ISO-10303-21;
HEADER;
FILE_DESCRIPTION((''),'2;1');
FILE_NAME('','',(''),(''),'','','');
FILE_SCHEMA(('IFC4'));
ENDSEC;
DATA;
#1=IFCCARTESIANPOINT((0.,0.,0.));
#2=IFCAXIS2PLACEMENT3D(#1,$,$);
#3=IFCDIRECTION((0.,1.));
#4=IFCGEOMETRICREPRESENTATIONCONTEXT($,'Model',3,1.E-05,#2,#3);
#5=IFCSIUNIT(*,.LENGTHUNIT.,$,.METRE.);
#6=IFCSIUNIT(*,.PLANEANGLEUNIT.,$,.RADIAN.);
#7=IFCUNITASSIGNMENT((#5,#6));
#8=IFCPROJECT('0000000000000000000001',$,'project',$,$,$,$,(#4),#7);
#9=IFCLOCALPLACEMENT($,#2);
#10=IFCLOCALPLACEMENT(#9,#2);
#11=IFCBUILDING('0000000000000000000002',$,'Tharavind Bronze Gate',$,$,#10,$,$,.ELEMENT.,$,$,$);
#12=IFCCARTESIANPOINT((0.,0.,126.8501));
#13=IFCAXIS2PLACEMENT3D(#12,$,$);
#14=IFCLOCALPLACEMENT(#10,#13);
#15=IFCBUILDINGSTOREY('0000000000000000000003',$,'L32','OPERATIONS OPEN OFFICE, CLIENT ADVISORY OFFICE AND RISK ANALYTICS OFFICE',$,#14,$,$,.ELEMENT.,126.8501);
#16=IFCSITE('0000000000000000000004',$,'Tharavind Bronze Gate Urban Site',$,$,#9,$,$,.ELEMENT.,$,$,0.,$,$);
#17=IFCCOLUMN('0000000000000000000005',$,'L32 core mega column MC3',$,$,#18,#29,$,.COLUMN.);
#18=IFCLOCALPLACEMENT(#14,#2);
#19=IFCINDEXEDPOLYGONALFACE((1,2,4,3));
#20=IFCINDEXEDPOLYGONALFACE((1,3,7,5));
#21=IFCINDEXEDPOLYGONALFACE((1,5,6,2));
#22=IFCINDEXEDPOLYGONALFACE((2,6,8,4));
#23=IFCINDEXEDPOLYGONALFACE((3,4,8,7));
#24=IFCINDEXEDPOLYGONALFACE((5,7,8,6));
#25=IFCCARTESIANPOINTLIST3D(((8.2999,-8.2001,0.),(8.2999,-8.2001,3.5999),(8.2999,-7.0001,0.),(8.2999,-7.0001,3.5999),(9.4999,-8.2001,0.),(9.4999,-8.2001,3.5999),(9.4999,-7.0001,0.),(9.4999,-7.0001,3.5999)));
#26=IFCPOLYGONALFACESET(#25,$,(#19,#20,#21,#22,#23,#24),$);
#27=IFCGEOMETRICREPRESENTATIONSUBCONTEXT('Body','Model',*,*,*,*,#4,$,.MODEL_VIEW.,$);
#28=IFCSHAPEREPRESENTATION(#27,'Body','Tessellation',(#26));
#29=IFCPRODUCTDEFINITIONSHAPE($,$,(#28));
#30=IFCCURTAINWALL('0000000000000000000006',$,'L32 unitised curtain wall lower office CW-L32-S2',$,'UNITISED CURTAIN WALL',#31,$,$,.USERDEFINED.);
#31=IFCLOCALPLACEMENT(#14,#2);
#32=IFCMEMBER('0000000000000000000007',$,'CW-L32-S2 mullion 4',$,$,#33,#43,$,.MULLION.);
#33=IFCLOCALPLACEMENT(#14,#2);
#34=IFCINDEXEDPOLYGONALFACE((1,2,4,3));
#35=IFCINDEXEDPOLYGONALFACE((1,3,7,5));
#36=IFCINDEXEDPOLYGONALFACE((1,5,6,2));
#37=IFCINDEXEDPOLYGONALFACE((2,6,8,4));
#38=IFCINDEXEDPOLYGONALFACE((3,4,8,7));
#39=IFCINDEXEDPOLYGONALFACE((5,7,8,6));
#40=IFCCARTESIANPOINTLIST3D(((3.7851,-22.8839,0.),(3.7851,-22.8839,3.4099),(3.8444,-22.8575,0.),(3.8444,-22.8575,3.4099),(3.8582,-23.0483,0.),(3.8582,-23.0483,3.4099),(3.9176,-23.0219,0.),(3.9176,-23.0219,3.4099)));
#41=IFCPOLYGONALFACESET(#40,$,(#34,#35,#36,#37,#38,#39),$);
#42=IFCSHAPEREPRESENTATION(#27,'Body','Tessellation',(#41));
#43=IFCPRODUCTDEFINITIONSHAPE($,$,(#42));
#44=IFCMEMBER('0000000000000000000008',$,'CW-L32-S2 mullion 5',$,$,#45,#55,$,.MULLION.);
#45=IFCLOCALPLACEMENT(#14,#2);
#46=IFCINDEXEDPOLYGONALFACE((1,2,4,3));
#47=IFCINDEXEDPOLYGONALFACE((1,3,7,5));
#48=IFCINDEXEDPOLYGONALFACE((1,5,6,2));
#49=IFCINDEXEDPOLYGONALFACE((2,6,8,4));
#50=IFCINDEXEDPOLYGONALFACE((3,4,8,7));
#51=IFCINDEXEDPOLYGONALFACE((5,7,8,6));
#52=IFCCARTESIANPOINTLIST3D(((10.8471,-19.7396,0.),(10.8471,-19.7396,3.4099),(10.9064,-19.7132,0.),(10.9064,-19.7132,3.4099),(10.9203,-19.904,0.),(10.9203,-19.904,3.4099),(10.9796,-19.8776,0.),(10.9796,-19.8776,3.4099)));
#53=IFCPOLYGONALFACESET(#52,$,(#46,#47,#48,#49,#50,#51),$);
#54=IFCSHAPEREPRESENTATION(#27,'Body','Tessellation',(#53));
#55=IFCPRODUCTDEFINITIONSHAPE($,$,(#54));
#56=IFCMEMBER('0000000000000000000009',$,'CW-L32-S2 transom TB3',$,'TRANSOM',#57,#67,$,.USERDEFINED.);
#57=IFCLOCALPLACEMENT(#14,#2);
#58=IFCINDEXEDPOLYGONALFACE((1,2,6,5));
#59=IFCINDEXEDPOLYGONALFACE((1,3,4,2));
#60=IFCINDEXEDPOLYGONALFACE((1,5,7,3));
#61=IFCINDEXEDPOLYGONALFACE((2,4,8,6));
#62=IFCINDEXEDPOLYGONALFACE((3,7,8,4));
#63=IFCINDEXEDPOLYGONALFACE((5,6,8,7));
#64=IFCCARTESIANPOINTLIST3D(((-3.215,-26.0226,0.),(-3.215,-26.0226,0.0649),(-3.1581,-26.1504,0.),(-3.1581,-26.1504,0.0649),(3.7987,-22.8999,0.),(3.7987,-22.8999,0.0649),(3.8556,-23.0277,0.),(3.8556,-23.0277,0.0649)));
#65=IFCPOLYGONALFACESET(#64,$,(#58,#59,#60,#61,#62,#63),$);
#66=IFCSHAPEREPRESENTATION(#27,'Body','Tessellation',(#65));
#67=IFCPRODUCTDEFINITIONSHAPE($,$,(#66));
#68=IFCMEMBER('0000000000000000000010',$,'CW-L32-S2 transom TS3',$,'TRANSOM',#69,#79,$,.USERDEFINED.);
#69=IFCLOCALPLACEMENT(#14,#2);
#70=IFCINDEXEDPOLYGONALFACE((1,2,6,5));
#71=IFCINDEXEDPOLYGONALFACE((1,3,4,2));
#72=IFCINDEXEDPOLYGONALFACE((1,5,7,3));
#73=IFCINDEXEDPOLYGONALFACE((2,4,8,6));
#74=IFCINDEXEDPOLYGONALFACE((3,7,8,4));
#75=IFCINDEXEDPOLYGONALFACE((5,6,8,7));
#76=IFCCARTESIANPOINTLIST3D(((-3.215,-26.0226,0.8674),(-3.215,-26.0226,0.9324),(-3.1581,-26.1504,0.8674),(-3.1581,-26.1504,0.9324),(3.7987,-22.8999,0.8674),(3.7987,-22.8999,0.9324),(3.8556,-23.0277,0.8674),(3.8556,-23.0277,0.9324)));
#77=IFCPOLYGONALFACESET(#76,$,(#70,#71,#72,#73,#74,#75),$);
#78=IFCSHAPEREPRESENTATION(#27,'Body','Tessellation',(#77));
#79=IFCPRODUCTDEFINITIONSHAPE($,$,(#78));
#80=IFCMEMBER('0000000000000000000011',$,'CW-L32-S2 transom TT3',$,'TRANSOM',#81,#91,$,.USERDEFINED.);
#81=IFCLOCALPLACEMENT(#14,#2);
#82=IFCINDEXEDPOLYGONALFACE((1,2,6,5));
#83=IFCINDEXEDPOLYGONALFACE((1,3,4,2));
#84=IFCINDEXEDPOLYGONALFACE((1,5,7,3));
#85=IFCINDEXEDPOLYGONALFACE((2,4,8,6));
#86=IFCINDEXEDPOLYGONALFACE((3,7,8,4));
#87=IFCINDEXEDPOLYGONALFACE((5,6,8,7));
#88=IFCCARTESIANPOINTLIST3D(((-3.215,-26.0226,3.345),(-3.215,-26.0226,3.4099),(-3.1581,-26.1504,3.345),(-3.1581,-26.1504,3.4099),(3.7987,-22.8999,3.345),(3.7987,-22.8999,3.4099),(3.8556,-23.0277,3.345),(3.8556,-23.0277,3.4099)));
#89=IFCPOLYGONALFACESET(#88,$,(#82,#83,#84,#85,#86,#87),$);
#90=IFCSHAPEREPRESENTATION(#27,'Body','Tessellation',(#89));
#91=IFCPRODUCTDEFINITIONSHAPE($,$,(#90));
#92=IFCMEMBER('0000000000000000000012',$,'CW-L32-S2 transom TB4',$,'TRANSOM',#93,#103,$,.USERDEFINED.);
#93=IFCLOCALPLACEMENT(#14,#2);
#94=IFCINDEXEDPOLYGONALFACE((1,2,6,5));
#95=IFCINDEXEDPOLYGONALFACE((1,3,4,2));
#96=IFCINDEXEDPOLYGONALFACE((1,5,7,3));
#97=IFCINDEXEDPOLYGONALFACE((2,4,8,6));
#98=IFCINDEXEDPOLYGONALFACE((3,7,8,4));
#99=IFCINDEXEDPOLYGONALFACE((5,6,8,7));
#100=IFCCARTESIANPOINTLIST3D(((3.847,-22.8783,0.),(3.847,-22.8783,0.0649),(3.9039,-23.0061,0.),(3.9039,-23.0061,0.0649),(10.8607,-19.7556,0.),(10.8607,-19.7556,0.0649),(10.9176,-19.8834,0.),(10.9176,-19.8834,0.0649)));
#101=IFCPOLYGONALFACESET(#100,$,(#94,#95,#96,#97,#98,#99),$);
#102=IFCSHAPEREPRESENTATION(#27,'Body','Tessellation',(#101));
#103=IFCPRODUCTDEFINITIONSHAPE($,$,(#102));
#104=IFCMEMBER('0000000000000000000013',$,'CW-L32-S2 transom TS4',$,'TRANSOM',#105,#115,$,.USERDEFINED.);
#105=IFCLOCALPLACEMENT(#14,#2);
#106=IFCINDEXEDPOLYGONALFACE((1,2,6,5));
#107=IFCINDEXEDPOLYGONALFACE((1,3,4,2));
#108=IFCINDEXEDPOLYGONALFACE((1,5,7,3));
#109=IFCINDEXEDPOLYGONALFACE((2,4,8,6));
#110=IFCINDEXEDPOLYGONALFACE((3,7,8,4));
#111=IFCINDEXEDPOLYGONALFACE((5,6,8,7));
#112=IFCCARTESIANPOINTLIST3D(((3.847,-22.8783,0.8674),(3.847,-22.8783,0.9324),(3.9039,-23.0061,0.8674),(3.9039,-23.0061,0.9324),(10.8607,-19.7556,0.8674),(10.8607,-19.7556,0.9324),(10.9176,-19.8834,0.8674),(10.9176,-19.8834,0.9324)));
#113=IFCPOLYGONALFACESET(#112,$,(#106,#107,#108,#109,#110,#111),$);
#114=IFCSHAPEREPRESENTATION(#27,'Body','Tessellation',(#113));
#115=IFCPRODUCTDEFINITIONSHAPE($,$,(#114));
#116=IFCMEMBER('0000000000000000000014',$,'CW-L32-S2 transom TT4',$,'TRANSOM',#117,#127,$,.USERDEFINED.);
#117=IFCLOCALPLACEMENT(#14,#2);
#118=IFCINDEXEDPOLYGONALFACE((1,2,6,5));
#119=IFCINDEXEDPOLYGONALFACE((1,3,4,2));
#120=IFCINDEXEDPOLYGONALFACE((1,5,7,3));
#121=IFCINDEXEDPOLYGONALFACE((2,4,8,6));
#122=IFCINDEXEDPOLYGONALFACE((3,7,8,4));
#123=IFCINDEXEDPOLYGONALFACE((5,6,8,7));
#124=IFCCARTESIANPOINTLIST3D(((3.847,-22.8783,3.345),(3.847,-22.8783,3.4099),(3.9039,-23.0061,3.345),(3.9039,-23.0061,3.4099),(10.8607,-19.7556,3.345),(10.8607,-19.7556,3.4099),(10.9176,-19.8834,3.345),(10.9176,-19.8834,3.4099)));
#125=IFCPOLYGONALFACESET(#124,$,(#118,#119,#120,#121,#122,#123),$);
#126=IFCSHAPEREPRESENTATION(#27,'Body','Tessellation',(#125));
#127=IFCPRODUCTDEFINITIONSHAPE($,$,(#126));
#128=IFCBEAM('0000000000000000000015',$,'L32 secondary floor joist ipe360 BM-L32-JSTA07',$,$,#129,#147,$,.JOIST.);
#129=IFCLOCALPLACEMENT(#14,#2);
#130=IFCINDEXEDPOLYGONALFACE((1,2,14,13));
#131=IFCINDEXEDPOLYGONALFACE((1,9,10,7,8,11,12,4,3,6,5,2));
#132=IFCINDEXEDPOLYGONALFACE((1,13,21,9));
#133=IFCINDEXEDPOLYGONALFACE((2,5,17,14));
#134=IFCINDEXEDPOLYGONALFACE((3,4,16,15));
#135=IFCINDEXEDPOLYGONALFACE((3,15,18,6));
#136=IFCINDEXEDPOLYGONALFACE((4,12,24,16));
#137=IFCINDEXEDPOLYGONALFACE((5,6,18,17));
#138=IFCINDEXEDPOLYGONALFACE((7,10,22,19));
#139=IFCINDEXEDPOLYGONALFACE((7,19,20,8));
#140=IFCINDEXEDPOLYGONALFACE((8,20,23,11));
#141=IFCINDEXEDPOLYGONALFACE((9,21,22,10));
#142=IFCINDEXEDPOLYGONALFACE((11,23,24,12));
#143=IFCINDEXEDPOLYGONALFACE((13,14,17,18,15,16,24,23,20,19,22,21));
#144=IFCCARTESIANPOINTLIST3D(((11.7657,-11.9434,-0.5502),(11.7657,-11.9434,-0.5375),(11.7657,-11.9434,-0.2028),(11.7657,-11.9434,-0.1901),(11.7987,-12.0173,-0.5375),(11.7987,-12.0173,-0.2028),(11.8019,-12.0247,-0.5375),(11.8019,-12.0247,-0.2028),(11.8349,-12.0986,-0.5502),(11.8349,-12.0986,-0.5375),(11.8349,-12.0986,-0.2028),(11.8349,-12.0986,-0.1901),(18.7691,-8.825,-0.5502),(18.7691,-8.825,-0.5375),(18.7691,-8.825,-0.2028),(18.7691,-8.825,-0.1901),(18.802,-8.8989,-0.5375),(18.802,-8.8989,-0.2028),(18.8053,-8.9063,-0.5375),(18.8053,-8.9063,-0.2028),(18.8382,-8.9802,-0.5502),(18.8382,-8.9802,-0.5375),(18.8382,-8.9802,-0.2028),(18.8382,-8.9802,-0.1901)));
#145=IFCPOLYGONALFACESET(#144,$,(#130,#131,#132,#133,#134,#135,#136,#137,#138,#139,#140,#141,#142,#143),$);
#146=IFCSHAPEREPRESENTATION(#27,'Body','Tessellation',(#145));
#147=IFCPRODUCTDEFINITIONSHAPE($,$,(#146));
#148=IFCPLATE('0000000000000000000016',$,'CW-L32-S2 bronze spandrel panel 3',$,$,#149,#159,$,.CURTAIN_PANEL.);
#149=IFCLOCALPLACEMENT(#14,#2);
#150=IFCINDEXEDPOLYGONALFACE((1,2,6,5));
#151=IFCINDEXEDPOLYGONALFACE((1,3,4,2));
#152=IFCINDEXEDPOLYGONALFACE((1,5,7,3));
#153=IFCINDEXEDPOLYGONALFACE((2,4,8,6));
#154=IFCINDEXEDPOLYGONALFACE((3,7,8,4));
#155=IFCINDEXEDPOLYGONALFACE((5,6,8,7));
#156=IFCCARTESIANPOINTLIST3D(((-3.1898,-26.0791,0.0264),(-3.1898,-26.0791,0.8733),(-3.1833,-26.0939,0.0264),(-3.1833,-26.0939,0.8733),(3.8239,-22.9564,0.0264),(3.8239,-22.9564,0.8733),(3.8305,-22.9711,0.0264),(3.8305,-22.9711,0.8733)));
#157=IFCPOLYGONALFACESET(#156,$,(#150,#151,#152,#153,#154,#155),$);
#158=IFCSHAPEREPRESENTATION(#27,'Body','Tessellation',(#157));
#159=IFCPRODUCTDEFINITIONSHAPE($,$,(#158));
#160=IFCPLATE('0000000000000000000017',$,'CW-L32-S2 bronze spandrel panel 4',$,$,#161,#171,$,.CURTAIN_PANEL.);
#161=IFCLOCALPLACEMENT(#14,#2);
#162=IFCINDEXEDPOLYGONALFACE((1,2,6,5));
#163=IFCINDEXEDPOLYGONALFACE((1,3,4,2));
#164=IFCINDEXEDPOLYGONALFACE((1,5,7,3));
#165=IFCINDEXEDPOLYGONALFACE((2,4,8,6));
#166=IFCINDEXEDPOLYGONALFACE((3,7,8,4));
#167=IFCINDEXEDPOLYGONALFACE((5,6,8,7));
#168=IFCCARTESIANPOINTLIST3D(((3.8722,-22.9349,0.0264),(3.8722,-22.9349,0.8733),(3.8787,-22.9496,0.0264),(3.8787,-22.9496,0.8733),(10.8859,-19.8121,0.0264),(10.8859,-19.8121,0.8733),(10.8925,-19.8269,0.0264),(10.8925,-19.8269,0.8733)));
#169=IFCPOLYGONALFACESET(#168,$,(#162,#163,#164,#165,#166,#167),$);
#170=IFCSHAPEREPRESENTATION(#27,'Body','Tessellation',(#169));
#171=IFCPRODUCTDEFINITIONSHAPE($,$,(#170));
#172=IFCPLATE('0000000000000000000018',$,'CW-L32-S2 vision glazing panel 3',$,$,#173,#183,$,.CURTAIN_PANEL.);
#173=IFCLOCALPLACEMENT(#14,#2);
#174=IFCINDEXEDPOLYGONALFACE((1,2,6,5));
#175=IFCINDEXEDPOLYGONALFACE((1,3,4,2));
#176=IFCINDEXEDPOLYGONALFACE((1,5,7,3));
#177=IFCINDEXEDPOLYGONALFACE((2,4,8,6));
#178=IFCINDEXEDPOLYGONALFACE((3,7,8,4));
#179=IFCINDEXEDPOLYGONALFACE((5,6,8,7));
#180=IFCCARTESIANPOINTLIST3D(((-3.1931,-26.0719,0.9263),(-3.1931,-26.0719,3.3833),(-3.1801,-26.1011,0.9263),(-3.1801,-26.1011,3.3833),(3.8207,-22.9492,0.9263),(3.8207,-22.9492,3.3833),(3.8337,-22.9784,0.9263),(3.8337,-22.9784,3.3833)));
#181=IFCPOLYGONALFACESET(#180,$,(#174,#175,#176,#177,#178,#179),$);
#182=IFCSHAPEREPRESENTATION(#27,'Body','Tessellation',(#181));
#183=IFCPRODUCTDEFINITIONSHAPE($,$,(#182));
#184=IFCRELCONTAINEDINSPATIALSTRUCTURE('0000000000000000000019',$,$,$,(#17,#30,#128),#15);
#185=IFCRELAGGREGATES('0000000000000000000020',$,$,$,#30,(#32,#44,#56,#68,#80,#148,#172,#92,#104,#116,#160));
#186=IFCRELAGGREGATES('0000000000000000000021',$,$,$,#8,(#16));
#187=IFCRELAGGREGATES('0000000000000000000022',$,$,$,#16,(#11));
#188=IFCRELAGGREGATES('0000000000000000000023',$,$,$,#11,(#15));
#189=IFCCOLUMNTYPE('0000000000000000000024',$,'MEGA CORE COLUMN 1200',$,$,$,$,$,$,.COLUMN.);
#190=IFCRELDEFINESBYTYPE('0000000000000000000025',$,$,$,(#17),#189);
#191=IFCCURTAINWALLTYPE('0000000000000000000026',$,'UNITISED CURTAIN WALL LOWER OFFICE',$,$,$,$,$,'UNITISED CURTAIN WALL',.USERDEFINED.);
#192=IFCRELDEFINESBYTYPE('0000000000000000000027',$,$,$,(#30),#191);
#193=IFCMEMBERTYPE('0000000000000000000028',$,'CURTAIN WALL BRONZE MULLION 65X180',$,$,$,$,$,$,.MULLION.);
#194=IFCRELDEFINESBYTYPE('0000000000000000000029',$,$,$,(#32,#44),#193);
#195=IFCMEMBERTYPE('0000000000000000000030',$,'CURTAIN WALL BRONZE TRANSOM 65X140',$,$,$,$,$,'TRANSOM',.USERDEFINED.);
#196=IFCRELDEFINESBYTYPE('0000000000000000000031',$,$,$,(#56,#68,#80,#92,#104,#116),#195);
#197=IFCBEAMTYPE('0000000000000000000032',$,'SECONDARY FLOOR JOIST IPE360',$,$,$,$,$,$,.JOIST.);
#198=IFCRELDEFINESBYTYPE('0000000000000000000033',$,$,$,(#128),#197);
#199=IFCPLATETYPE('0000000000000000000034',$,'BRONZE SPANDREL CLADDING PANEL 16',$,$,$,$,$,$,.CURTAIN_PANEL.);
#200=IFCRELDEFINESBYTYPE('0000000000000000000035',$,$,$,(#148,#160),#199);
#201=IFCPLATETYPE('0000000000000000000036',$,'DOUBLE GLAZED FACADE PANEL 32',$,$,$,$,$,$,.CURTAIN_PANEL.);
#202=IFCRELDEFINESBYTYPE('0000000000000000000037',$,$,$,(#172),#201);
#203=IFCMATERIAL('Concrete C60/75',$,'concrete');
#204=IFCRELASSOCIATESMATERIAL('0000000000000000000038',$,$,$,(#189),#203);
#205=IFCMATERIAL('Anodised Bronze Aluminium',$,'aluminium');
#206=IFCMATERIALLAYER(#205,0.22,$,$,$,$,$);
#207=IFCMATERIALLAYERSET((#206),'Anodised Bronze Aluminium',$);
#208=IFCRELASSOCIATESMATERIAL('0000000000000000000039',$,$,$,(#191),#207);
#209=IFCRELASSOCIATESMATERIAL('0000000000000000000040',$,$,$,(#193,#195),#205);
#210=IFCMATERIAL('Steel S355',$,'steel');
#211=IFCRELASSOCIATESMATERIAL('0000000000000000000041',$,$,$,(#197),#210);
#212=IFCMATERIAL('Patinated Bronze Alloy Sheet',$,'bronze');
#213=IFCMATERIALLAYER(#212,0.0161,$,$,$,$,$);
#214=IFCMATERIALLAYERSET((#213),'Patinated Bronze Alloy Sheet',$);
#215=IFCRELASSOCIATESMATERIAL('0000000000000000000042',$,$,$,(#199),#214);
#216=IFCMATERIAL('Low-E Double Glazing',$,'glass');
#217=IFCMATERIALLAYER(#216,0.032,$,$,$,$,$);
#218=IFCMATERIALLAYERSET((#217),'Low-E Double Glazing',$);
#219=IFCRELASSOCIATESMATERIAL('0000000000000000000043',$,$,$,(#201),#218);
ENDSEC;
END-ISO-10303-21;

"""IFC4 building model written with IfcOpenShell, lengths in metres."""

from ifc_helpers import new_model, si_unit, direction, frame, origin, origin_2d, place, context, subcontext, project, spatial, rectangle, i_section, extrude, material, layer, layer_set, material_profile, profile_set, type_object, element, aggregate, save


model = new_model("IFC4")

# Units and contexts
model_context = context("Model", 3, precision=1e-05, world=origin(), true_north=direction((0.0, 1.0)))
body_context = subcontext(model_context, "Body", "Model", "MODEL_VIEW")
ifc_project = project(units=[si_unit("LENGTHUNIT", "METRE"), si_unit("PLANEANGLEUNIT", "RADIAN")], contexts=[model_context])

# Site, building, storey
site_placement = place(None, origin())
site = spatial("IfcSite", under=ifc_project, at=site_placement, Name="Tharavind Bronze Gate Urban Site", CompositionType="ELEMENT", RefElevation=0.0)
building_placement = place(site_placement, origin())
building = spatial("IfcBuilding", under=site, at=building_placement, Name="Tharavind Bronze Gate", CompositionType="ELEMENT")
storey_placement = place(building_placement, frame((0.0, 0.0, 126.8501)))
storey = spatial("IfcBuildingStorey", under=building, at=storey_placement, Name="L32", Description="OPERATIONS OPEN OFFICE, CLIENT ADVISORY OFFICE AND RISK ANALYTICS OFFICE", CompositionType="ELEMENT", Elevation=126.8501)

# Column
ifc_material_1 = material(Name="Concrete C60/75", Category="concrete")
ifc_material_profile_1 = material_profile(ifc_material_1, rectangle(XDim=1.2, YDim=1.2, at=origin_2d()), Name="RCCOL1200")
ifc_profile_set_1 = profile_set([ifc_material_profile_1], Name="Concrete C60/75")
column_type = type_object("IfcColumnType", Name="MEGA CORE COLUMN 1200", PredefinedType="COLUMN", material=ifc_profile_set_1)
column_placement = place(storey_placement, frame((8.8999, -7.6001, 0.0), z_axis=(0.0, 0.0, 1.0), x_axis=(1.0, 0.0, 0.0)))
element("IfcColumn", 1, at=column_placement, inside=storey, type_object=column_type, Name="L32 core mega column MC3", PredefinedType="COLUMN", context=body_context, shape_type="SweptSolid", body=[
    extrude(rectangle(XDim=1.2, YDim=1.2, at=origin_2d()), origin(), (0.0, 0.0, 1.0), 3.5999),
])

# Curtain wall, members
ifc_material_2 = material(Name="Anodised Bronze Aluminium", Category="aluminium")
ifc_layer_1 = layer(ifc_material_2, 0.22)
ifc_layer_set_1 = layer_set([ifc_layer_1], Name="Anodised Bronze Aluminium")
curtain_wall_type = type_object("IfcCurtainWallType", Name="UNITISED CURTAIN WALL LOWER OFFICE", ElementType="UNITISED CURTAIN WALL", PredefinedType="USERDEFINED", material=ifc_layer_set_1)
curtain_wall_placement = place(storey_placement, origin())
curtain_wall = element("IfcCurtainWall", 2, at=curtain_wall_placement, inside=storey, type_object=curtain_wall_type, Name="L32 unitised curtain wall lower office CW-L32-S2", ObjectType="UNITISED CURTAIN WALL", PredefinedType="USERDEFINED")
member_type_1 = type_object("IfcMemberType", Name="CURTAIN WALL BRONZE MULLION 65X180", PredefinedType="MULLION", material=ifc_material_2)
member_1_placement = place(storey_placement, frame((3.8513, -22.9529, 0.0), z_axis=(0.0, 0.0, 1.0), x_axis=(0.913545, 0.406737, 0.0)))
member_1 = element("IfcMember", 3, at=member_1_placement, type_object=member_type_1, Name="CW-L32-S2 mullion 4", PredefinedType="MULLION", context=body_context, shape_type="SweptSolid", body=[
    extrude(rectangle(XDim=0.0649, YDim=0.1799, at=origin_2d()), origin(), (0.0, 0.0, 1.0), 3.4099),
])
member_2_placement = place(storey_placement, frame((10.9133, -19.8086, 0.0), z_axis=(0.0, 0.0, 1.0), x_axis=(0.913545, 0.406737, 0.0)))
member_2 = element("IfcMember", 4, at=member_2_placement, type_object=member_type_1, Name="CW-L32-S2 mullion 5", PredefinedType="MULLION", context=body_context, shape_type="SweptSolid", body=[
    extrude(rectangle(XDim=0.0649, YDim=0.1799, at=origin_2d()), origin(), (0.0, 0.0, 1.0), 3.4099),
])
member_type_2 = type_object("IfcMemberType", Name="CURTAIN WALL BRONZE TRANSOM 65X140", ElementType="TRANSOM", PredefinedType="USERDEFINED", material=ifc_material_2)
member_3_placement = place(storey_placement, frame((0.3203, -24.5251, 0.0), z_axis=(0.0, 0.0, 1.0), x_axis=(0.913545, 0.406737, 0.0)))
member_3 = element("IfcMember", 5, at=member_3_placement, type_object=member_type_2, Name="CW-L32-S2 transom TB3", ObjectType="TRANSOM", PredefinedType="USERDEFINED", context=body_context, shape_type="SweptSolid", body=[
    extrude(rectangle(XDim=7.6775, YDim=0.1399, at=origin_2d()), origin(), (0.0, 0.0, 1.0), 0.0649),
])
member_4_placement = place(storey_placement, frame((0.3203, -24.5251, 0.8674), z_axis=(0.0, 0.0, 1.0), x_axis=(0.913545, 0.406737, 0.0)))
member_4 = element("IfcMember", 6, at=member_4_placement, type_object=member_type_2, Name="CW-L32-S2 transom TS3", ObjectType="TRANSOM", PredefinedType="USERDEFINED", context=body_context, shape_type="SweptSolid", body=[
    extrude(rectangle(XDim=7.6775, YDim=0.1399, at=origin_2d()), origin(), (0.0, 0.0, 1.0), 0.0649),
])
member_5_placement = place(storey_placement, frame((0.3203, -24.5251, 3.345), z_axis=(0.0, 0.0, 1.0), x_axis=(0.913545, 0.406737, 0.0)))
member_5 = element("IfcMember", 7, at=member_5_placement, type_object=member_type_2, Name="CW-L32-S2 transom TT3", ObjectType="TRANSOM", PredefinedType="USERDEFINED", context=body_context, shape_type="SweptSolid", body=[
    extrude(rectangle(XDim=7.6775, YDim=0.1399, at=origin_2d()), origin(), (0.0, 0.0, 1.0), 0.0649),
])
member_6_placement = place(storey_placement, frame((7.3823, -21.3809, 0.0), z_axis=(0.0, 0.0, 1.0), x_axis=(0.913545, 0.406737, 0.0)))
member_6 = element("IfcMember", 8, at=member_6_placement, type_object=member_type_2, Name="CW-L32-S2 transom TB4", ObjectType="TRANSOM", PredefinedType="USERDEFINED", context=body_context, shape_type="SweptSolid", body=[
    extrude(rectangle(XDim=7.6775, YDim=0.1399, at=origin_2d()), origin(), (0.0, 0.0, 1.0), 0.0649),
])
member_7_placement = place(storey_placement, frame((7.3823, -21.3809, 0.8674), z_axis=(0.0, 0.0, 1.0), x_axis=(0.913545, 0.406737, 0.0)))
member_7 = element("IfcMember", 9, at=member_7_placement, type_object=member_type_2, Name="CW-L32-S2 transom TS4", ObjectType="TRANSOM", PredefinedType="USERDEFINED", context=body_context, shape_type="SweptSolid", body=[
    extrude(rectangle(XDim=7.6775, YDim=0.1399, at=origin_2d()), origin(), (0.0, 0.0, 1.0), 0.0649),
])
member_8_placement = place(storey_placement, frame((7.3823, -21.3809, 3.345), z_axis=(0.0, 0.0, 1.0), x_axis=(0.913545, 0.406737, 0.0)))
member_8 = element("IfcMember", 10, at=member_8_placement, type_object=member_type_2, Name="CW-L32-S2 transom TT4", ObjectType="TRANSOM", PredefinedType="USERDEFINED", context=body_context, shape_type="SweptSolid", body=[
    extrude(rectangle(XDim=7.6775, YDim=0.1399, at=origin_2d()), origin(), (0.0, 0.0, 1.0), 0.0649),
])

# Beam
ifc_material_3 = material(Name="Steel S355", Category="steel")
ifc_material_profile_2 = material_profile(ifc_material_3, i_section(OverallWidth=0.1699, OverallDepth=0.3601, WebThickness=0.0081, FlangeThickness=0.0127, at=origin_2d()), Name="IPE360")
ifc_profile_set_2 = profile_set([ifc_material_profile_2], Name="Steel S355")
beam_type = type_object("IfcBeamType", Name="SECONDARY FLOOR JOIST IPE360", PredefinedType="JOIST", material=ifc_profile_set_2)
beam_placement = place(storey_placement, frame((11.8003, -12.021, -0.3701), z_axis=(0.913532, 0.406768, 0.0), x_axis=(-0.406768, 0.913532, 0.0)))
element("IfcBeam", 11, at=beam_placement, inside=storey, type_object=beam_type, Name="L32 secondary floor joist ipe360 BM-L32-JSTA07", PredefinedType="JOIST", context=body_context, shape_type="SweptSolid", body=[
    extrude(i_section(OverallWidth=0.1699, OverallDepth=0.3601, WebThickness=0.0081, FlangeThickness=0.0127, at=origin_2d()), origin(), (0.0, 0.0, 1.0), 7.6663),
])

# Plates
ifc_material_4 = material(Name="Patinated Bronze Alloy Sheet", Category="bronze")
ifc_layer_2 = layer(ifc_material_4, 0.0161)
ifc_layer_set_2 = layer_set([ifc_layer_2], Name="Patinated Bronze Alloy Sheet")
plate_type_1 = type_object("IfcPlateType", Name="BRONZE SPANDREL CLADDING PANEL 16", PredefinedType="CURTAIN_PANEL", material=ifc_layer_set_2)
plate_1_placement = place(storey_placement, frame((0.3203, -24.5251, 0.0264), z_axis=(0.0, 0.0, 1.0), x_axis=(0.913545, 0.406737, 0.0)))
plate_1 = element("IfcPlate", 12, at=plate_1_placement, type_object=plate_type_1, Name="CW-L32-S2 bronze spandrel panel 3", PredefinedType="CURTAIN_PANEL", context=body_context, shape_type="SweptSolid", body=[
    extrude(rectangle(XDim=7.6775, YDim=0.0161, at=origin_2d()), origin(), (0.0, 0.0, 1.0), 0.8469),
])
plate_2_placement = place(storey_placement, frame((7.3823, -21.3809, 0.0264), z_axis=(0.0, 0.0, 1.0), x_axis=(0.913545, 0.406737, 0.0)))
plate_2 = element("IfcPlate", 13, at=plate_2_placement, type_object=plate_type_1, Name="CW-L32-S2 bronze spandrel panel 4", PredefinedType="CURTAIN_PANEL", context=body_context, shape_type="SweptSolid", body=[
    extrude(rectangle(XDim=7.6775, YDim=0.0161, at=origin_2d()), origin(), (0.0, 0.0, 1.0), 0.8469),
])
ifc_material_5 = material(Name="Low-E Double Glazing", Category="glass")
ifc_layer_3 = layer(ifc_material_5, 0.032)
ifc_layer_set_3 = layer_set([ifc_layer_3], Name="Low-E Double Glazing")
plate_type_2 = type_object("IfcPlateType", Name="DOUBLE GLAZED FACADE PANEL 32", PredefinedType="CURTAIN_PANEL", material=ifc_layer_set_3)
plate_3_placement = place(storey_placement, frame((0.3203, -24.5251, 0.9263), z_axis=(0.0, 0.0, 1.0), x_axis=(0.913545, 0.406737, 0.0)))
plate_3 = element("IfcPlate", 14, at=plate_3_placement, type_object=plate_type_2, Name="CW-L32-S2 vision glazing panel 3", PredefinedType="CURTAIN_PANEL", context=body_context, shape_type="SweptSolid", body=[
    extrude(rectangle(XDim=7.6775, YDim=0.032, at=origin_2d()), origin(), (0.0, 0.0, 1.0), 2.457),
])
aggregate(curtain_wall, [member_1, member_2, member_3, member_4, member_5, plate_1, plate_3, member_6, member_7, member_8, plate_2])

save(model, "model.ifc")
